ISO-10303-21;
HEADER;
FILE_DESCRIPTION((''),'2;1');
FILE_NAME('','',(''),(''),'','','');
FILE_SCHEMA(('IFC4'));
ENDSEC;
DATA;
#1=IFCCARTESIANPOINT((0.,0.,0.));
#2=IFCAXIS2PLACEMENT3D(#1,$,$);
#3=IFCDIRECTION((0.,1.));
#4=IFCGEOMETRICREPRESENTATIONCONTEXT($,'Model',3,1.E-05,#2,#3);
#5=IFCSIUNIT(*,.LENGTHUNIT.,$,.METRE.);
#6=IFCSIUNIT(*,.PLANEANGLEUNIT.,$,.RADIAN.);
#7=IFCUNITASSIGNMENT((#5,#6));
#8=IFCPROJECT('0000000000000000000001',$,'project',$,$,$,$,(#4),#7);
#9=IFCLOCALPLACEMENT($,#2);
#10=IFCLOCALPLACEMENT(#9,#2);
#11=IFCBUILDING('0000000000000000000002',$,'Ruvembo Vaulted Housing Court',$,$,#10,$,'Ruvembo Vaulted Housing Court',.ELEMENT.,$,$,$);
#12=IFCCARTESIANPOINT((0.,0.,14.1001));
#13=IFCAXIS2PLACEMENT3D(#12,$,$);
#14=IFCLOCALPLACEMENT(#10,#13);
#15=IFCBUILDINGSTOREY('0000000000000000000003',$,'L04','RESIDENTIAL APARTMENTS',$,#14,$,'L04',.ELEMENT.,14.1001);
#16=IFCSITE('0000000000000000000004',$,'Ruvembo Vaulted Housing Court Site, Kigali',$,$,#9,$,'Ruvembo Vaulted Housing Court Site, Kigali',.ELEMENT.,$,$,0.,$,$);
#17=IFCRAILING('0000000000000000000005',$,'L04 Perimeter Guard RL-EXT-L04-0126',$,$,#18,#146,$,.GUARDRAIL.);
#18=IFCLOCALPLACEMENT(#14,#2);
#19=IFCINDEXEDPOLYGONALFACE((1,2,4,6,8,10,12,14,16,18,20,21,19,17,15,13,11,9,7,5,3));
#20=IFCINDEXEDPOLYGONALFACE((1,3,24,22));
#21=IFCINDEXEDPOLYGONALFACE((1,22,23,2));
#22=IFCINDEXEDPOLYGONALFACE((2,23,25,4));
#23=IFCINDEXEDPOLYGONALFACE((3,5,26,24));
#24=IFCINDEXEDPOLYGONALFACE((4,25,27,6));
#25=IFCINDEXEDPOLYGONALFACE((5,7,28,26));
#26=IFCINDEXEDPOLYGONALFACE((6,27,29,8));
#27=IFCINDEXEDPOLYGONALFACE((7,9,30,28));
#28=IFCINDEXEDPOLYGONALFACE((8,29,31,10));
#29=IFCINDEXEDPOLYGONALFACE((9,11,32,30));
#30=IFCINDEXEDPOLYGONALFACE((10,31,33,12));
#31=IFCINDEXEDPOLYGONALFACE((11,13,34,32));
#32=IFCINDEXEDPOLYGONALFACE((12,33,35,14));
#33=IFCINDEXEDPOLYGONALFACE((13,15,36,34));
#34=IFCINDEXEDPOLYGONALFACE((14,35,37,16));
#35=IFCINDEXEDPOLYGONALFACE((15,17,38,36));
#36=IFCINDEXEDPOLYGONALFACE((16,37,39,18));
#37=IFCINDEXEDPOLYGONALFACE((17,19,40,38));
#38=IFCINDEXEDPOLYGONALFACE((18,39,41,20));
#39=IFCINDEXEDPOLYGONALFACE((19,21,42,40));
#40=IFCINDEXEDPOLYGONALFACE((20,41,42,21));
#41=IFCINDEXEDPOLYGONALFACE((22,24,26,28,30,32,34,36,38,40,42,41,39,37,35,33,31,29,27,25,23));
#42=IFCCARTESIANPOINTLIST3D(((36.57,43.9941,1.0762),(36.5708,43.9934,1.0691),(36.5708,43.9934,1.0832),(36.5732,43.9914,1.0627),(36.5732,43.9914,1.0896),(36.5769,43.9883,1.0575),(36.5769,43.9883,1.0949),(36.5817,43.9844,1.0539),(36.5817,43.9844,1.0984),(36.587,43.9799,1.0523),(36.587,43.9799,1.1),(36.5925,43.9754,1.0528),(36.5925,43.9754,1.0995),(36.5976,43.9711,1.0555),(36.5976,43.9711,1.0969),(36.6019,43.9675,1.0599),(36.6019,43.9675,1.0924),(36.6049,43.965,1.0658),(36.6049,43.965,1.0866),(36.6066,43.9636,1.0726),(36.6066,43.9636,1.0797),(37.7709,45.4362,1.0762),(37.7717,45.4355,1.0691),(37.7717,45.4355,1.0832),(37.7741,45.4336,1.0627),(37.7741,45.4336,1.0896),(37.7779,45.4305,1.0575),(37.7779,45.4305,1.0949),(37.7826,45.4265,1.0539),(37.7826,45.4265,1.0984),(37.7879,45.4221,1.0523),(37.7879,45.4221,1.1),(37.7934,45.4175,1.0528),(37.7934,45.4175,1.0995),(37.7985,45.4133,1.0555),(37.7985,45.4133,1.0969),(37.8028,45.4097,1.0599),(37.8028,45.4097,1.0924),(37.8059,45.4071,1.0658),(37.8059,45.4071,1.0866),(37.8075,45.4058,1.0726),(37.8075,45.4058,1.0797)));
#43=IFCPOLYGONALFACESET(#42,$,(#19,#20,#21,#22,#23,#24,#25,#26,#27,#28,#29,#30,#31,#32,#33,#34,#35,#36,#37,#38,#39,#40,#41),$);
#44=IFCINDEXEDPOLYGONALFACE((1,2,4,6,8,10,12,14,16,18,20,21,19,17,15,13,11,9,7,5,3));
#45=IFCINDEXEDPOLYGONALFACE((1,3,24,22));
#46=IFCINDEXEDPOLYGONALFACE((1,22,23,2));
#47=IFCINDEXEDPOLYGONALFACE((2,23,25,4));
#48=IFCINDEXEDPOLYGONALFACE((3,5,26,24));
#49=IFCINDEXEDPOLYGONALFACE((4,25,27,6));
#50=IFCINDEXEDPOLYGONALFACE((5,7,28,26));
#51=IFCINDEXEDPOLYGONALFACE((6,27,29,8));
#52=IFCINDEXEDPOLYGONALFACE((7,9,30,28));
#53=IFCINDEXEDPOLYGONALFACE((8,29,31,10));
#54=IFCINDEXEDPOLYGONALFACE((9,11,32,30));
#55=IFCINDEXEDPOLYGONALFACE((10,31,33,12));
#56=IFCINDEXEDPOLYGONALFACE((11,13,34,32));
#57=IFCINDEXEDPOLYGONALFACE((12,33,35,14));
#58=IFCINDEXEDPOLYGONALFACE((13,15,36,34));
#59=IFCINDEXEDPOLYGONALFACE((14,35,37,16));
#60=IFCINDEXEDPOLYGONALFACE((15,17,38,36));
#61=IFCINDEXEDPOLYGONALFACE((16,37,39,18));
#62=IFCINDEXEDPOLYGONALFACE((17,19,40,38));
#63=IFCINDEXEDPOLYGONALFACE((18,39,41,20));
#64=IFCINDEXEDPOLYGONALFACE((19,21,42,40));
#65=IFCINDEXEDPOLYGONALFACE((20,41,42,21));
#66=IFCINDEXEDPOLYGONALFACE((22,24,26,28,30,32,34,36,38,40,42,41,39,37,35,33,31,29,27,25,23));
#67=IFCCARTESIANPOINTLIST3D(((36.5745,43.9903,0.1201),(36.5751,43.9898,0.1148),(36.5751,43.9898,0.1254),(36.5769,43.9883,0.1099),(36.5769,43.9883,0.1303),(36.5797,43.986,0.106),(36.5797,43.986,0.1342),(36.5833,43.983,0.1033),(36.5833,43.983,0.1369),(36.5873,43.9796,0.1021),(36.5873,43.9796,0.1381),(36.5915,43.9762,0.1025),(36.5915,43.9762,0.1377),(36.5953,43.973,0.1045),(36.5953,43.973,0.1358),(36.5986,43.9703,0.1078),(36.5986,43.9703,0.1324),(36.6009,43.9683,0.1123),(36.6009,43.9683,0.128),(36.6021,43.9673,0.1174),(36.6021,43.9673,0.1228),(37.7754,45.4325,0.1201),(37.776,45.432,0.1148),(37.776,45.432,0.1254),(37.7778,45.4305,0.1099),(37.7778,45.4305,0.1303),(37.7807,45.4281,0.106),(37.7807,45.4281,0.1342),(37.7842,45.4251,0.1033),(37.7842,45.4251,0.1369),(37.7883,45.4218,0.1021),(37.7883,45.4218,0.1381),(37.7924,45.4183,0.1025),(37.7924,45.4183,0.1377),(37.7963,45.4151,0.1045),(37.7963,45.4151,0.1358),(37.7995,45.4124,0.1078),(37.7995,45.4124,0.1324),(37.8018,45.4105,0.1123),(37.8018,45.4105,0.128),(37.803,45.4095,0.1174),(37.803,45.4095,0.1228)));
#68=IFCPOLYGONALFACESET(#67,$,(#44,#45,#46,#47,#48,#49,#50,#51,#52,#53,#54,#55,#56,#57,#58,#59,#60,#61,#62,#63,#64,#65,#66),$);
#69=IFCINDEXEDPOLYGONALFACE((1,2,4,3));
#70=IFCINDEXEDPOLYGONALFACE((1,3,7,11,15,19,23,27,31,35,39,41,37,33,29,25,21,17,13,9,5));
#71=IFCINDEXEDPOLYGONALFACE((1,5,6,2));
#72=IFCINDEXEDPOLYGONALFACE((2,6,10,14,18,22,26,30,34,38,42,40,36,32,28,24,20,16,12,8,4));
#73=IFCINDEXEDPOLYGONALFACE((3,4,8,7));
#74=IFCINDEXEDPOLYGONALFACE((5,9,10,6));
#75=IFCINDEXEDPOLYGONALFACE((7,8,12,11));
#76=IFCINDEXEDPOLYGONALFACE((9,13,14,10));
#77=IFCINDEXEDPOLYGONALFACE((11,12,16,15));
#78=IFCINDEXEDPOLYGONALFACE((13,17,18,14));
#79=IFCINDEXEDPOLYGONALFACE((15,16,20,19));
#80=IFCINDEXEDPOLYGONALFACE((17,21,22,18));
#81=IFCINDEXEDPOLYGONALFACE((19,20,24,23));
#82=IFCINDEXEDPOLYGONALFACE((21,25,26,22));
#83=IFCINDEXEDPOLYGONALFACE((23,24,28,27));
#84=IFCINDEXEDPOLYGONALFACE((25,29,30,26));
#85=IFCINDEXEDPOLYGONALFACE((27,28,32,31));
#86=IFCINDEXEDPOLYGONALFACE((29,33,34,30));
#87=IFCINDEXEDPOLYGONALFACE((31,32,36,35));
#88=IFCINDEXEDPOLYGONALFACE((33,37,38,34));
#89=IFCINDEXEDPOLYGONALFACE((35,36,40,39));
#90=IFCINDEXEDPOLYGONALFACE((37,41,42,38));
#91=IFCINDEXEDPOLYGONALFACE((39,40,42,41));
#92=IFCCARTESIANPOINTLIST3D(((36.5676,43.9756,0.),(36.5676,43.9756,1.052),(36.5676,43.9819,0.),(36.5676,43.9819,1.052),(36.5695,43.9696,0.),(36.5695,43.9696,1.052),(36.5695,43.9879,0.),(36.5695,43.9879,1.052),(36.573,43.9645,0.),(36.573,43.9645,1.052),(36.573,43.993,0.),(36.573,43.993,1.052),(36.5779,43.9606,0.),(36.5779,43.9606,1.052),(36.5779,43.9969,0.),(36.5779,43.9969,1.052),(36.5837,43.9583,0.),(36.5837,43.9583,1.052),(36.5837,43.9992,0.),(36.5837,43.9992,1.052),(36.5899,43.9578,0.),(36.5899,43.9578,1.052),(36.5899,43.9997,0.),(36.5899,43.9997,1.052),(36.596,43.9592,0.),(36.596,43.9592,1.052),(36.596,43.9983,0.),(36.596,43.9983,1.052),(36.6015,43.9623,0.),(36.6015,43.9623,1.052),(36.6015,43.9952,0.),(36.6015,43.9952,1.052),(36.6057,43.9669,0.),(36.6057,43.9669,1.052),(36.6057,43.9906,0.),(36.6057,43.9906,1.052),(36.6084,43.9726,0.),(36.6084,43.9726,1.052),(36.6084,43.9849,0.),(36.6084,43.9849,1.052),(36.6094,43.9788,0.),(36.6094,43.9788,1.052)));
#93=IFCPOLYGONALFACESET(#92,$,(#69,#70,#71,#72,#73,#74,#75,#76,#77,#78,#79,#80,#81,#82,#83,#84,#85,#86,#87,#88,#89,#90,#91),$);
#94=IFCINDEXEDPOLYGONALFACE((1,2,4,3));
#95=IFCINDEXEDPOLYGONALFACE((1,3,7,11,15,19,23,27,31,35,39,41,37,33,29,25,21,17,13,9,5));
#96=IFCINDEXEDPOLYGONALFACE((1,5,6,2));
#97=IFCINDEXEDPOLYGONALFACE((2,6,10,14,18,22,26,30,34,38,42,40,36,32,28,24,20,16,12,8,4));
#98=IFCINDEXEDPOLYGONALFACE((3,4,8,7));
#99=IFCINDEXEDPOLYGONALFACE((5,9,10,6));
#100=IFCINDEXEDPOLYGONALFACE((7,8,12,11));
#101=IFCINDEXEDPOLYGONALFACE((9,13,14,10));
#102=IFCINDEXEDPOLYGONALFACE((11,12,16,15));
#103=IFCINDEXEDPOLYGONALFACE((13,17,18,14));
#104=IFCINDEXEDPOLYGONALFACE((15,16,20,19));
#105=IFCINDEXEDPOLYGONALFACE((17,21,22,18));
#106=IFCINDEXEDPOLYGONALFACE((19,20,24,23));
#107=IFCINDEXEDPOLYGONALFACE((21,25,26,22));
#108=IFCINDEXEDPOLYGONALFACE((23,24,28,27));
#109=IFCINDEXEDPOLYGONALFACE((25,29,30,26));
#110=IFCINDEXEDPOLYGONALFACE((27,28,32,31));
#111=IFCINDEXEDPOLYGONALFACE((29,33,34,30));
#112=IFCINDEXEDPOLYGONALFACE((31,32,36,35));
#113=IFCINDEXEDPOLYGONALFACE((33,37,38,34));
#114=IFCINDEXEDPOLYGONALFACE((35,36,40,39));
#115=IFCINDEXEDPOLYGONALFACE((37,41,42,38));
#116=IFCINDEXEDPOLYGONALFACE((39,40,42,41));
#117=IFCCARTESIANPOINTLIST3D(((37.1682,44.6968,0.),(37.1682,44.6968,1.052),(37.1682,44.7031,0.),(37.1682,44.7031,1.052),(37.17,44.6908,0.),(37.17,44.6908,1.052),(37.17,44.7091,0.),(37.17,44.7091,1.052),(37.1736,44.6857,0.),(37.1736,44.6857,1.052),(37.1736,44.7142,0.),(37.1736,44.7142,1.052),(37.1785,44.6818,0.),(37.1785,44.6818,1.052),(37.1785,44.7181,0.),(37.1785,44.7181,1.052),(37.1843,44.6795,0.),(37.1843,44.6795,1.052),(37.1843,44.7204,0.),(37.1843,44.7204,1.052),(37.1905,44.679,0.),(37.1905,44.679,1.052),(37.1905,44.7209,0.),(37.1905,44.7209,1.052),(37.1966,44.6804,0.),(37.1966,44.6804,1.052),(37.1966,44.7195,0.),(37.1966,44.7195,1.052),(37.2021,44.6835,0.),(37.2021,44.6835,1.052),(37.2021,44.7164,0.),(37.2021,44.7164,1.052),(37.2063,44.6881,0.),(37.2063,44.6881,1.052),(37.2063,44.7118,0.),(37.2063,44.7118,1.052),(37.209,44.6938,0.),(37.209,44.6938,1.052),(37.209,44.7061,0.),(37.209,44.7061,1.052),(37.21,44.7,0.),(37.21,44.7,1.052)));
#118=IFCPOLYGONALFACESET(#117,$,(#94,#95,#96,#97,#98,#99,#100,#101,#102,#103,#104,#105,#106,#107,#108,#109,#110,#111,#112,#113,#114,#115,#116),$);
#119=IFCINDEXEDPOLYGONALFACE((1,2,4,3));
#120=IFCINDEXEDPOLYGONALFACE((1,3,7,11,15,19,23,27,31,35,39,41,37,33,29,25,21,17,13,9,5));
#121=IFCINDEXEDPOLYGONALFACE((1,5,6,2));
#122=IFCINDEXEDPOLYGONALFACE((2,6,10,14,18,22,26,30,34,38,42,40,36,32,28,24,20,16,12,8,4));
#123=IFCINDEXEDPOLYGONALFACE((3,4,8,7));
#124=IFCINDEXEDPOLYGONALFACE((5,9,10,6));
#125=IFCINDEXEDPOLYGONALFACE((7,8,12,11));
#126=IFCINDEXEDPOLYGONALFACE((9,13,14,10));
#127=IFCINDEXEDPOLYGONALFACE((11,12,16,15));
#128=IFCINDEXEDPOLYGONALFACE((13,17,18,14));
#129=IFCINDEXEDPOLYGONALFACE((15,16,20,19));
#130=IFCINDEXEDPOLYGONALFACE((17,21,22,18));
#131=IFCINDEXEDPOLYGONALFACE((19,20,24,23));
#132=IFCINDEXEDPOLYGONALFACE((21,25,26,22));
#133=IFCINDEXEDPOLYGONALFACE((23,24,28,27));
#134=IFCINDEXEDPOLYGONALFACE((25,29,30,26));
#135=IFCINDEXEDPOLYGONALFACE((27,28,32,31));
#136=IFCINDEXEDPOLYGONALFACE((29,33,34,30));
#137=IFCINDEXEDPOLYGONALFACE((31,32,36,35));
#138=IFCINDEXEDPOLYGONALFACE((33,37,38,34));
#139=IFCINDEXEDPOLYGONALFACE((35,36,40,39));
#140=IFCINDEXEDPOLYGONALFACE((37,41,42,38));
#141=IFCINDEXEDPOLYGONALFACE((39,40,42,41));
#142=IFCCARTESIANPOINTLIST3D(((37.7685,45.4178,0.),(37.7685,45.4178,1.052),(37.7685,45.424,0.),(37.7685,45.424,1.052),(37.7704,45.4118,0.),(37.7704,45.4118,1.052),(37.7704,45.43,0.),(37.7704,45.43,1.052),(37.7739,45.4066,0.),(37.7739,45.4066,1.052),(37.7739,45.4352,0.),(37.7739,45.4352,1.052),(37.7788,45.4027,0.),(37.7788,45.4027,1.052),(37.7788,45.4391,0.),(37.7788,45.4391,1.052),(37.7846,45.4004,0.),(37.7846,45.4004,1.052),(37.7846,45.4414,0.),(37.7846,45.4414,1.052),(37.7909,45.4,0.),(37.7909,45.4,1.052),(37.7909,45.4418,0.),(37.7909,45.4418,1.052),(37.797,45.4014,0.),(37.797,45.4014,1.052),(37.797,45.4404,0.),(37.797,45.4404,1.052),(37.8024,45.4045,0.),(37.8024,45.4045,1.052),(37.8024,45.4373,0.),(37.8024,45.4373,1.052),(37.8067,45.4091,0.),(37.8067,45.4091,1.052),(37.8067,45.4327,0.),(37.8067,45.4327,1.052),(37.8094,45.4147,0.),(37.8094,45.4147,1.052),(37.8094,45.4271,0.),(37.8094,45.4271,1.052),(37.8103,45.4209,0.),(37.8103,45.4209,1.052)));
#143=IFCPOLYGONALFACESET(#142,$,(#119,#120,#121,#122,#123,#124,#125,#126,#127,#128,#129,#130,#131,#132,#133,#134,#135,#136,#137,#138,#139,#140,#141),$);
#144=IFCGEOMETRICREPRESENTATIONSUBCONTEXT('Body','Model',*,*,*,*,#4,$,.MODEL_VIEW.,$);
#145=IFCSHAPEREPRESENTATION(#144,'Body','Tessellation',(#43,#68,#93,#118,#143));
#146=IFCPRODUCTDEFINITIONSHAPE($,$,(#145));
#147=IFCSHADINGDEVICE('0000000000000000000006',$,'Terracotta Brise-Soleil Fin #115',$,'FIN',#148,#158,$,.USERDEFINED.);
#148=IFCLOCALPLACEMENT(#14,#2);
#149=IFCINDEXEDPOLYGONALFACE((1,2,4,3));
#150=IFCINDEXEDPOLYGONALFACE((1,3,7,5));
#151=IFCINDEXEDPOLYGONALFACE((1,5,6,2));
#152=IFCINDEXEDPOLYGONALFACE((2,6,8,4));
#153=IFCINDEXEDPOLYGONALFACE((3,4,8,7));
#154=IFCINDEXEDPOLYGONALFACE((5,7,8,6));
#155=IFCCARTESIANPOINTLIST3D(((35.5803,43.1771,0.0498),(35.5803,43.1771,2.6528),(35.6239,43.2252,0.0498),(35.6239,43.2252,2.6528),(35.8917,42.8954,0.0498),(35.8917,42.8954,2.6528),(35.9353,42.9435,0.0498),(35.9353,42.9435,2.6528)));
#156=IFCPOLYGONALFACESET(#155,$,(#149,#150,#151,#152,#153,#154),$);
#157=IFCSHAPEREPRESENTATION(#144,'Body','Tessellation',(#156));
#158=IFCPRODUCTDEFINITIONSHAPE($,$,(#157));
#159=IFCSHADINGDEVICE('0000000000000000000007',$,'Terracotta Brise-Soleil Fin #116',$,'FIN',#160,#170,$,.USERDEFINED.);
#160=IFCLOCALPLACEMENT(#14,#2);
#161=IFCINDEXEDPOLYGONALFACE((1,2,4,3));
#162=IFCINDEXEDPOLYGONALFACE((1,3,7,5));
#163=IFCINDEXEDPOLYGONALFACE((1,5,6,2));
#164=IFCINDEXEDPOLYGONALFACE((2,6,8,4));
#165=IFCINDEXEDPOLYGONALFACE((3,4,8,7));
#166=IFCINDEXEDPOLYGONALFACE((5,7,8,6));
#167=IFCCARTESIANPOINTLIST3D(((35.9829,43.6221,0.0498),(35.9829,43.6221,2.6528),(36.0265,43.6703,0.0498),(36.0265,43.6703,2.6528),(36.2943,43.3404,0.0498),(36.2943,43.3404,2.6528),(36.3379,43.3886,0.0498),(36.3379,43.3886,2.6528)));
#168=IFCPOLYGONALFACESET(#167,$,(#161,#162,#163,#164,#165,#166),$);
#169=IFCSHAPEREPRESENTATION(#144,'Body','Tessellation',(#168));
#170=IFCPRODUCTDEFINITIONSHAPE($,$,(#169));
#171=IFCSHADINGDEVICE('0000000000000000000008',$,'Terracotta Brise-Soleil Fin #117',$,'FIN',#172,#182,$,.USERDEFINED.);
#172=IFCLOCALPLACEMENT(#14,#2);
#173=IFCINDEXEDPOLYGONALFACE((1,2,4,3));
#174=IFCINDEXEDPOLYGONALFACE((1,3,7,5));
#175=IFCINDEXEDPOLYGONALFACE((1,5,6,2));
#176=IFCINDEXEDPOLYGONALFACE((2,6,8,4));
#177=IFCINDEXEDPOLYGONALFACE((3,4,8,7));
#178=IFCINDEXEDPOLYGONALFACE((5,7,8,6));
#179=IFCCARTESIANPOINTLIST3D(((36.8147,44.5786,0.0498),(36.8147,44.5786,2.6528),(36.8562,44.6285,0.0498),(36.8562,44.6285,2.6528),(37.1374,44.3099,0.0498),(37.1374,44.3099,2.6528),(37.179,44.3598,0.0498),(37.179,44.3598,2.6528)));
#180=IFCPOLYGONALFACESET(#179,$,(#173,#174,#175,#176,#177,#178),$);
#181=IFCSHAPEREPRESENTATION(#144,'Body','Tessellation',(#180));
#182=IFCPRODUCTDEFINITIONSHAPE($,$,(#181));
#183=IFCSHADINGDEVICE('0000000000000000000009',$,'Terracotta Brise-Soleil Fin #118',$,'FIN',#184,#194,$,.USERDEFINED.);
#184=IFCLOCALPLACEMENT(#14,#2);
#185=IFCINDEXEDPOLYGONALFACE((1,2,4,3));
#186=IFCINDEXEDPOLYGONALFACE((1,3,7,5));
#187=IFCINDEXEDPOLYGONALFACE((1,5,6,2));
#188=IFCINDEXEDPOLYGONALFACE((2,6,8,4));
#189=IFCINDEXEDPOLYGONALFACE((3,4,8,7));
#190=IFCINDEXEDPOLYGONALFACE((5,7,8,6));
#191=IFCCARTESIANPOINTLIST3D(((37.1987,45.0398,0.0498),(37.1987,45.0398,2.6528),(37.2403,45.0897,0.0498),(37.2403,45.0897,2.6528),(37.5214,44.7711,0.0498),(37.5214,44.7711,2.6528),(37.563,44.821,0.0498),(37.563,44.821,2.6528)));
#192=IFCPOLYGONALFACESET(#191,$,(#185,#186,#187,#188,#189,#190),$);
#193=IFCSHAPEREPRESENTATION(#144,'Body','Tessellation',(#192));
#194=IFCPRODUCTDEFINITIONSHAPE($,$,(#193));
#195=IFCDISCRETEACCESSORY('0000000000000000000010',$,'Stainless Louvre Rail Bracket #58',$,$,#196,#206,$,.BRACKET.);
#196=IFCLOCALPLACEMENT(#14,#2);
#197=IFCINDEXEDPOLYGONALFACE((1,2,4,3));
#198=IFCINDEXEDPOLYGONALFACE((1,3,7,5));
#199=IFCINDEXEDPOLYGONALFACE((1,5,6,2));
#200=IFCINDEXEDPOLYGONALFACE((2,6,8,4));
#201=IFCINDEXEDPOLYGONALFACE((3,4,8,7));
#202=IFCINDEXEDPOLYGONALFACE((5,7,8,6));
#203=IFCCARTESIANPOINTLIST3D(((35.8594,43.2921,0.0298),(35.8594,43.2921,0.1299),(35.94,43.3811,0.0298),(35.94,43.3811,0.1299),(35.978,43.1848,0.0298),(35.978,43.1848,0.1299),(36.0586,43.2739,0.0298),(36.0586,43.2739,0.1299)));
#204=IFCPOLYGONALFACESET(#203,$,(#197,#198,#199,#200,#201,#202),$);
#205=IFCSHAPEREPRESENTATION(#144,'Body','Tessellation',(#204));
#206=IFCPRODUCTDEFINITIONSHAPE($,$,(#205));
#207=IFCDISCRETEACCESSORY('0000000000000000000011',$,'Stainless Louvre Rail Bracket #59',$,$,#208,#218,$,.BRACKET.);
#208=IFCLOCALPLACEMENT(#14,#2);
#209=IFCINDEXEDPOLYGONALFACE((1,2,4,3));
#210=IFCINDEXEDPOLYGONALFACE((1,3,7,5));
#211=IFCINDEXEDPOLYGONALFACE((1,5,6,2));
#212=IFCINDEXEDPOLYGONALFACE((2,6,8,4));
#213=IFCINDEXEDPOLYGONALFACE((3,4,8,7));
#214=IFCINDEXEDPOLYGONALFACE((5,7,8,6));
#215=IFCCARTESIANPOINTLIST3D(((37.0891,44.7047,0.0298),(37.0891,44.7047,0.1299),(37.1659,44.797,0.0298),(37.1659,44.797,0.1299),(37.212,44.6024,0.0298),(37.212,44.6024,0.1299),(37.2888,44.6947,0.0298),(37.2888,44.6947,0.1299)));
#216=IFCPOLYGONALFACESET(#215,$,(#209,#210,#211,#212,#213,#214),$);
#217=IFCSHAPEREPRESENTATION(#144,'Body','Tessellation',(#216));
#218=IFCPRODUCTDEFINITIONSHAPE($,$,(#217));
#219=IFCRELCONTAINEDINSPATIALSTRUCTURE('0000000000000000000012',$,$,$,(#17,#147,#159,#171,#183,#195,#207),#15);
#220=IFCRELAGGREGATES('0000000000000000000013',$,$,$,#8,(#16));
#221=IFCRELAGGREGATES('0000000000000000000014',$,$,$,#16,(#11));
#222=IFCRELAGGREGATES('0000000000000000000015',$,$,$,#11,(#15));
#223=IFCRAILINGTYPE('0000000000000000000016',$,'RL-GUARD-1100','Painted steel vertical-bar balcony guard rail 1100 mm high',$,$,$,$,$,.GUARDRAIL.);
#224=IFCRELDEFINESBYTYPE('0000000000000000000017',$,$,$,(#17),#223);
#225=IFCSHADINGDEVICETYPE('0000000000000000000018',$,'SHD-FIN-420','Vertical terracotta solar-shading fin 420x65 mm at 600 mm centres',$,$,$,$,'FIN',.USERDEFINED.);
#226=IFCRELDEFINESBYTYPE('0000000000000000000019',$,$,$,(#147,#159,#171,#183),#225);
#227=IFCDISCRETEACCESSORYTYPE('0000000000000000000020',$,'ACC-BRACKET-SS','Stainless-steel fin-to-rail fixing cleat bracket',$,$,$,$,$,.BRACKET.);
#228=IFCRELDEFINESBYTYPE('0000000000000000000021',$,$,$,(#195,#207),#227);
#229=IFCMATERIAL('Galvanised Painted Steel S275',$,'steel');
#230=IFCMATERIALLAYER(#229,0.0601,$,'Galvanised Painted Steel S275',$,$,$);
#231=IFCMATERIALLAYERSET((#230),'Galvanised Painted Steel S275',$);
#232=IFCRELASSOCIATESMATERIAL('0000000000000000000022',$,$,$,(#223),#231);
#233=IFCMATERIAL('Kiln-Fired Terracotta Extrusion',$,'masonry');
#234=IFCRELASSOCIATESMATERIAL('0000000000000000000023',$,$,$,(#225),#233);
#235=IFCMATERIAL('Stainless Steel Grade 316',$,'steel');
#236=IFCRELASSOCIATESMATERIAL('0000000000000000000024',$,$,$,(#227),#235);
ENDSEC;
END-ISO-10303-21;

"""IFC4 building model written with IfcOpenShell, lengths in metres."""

from ifc_helpers import new_model, si_unit, direction, frame, origin, origin_2d, place, context, subcontext, project, spatial, rectangle, circle, extrude, material, layer, layer_set, type_object, element, save


model = new_model("IFC4")

# Units and contexts
model_context = context("Model", 3, precision=1e-05, world=origin(), true_north=direction((0.0, 1.0)))
body_context = subcontext(model_context, "Body", "Model", "MODEL_VIEW")
ifc_project = project(units=[si_unit("LENGTHUNIT", "METRE"), si_unit("PLANEANGLEUNIT", "RADIAN")], contexts=[model_context])

# Site, building, storey
site_placement = place(None, origin())
site = spatial("IfcSite", under=ifc_project, at=site_placement, Name="Ruvembo Vaulted Housing Court Site, Kigali", LongName="Ruvembo Vaulted Housing Court Site, Kigali", CompositionType="ELEMENT", RefElevation=0.0)
building_placement = place(site_placement, origin())
building = spatial("IfcBuilding", under=site, at=building_placement, Name="Ruvembo Vaulted Housing Court", LongName="Ruvembo Vaulted Housing Court", CompositionType="ELEMENT")
storey_placement = place(building_placement, frame((0.0, 0.0, 14.1001)))
storey = spatial("IfcBuildingStorey", under=building, at=storey_placement, Name="L04", Description="RESIDENTIAL APARTMENTS", LongName="L04", CompositionType="ELEMENT", Elevation=14.1001)

# Railing
ifc_material_1 = material(Name="Galvanised Painted Steel S275", Category="steel")
ifc_layer_1 = layer(ifc_material_1, 0.0601, Name="Galvanised Painted Steel S275")
ifc_layer_set_1 = layer_set([ifc_layer_1], Name="Galvanised Painted Steel S275")
railing_type = type_object("IfcRailingType", Name="RL-GUARD-1100", Description="Painted steel vertical-bar balcony guard rail 1100 mm high", PredefinedType="GUARDRAIL", material=ifc_layer_set_1)
railing_1_placement = place(storey_placement, frame((36.5884, 43.9788, 0.0)))
element("IfcRailing", 1, at=railing_1_placement, inside=storey, type_object=railing_type, Name="L04 Perimeter Guard RL-EXT-L04-0126", PredefinedType="GUARDRAIL", context=body_context, shape_type="SweptSolid", body=[
    extrude(circle(Radius=0.0239, at=origin_2d()), frame((0.0, 0.0, 1.0762), z_axis=(0.639916, 0.768445, 0.0), x_axis=(-0.768445, 0.639916, 0.0)), (0.0, 0.0, 1.0), 1.8767),
    extrude(circle(Radius=0.0181, at=origin_2d()), frame((0.0, 0.0, 0.1201), z_axis=(0.639916, 0.768445, 0.0), x_axis=(-0.768445, 0.639916, 0.0)), (0.0, 0.0, 1.0), 1.8767),
    extrude(circle(Radius=0.021, at=origin_2d()), origin(), (0.0, 0.0, 1.0), 1.052),
    extrude(circle(Radius=0.021, at=origin_2d()), frame((0.6006, 0.7212, 0.0)), (0.0, 0.0, 1.0), 1.052),
    extrude(circle(Radius=0.021, at=origin_2d()), frame((1.2009, 1.4421, 0.0)), (0.0, 0.0, 1.0), 1.052),
])

# Shading devices
ifc_material_2 = material(Name="Kiln-Fired Terracotta Extrusion", Category="masonry")
shading_device_type = type_object("IfcShadingDeviceType", Name="SHD-FIN-420", Description="Vertical terracotta solar-shading fin 420x65 mm at 600 mm centres", ElementType="FIN", PredefinedType="USERDEFINED", material=ifc_material_2)
for number, where, z_axis, x_axis, name in (
    (2, (35.7578, 43.0603, 0.0498), (0.0, 0.0, 1.0), (0.741601, -0.670841, 0.0), "Terracotta Brise-Soleil Fin #115"),
    (3, (36.1604, 43.5054, 0.0498), (0.0, 0.0, 1.0), (0.741601, -0.670841, 0.0), "Terracotta Brise-Soleil Fin #116"),
    (4, (36.9968, 44.4692, 0.0498), (0.0, 0.0, 1.0), (0.768496, -0.639855, 0.0), "Terracotta Brise-Soleil Fin #117"),
    (5, (37.3809, 44.9304, 0.0498), (0.0, 0.0, 1.0), (0.768496, -0.639855, 0.0), "Terracotta Brise-Soleil Fin #118"),
):
    element("IfcShadingDevice", number, at=place(storey_placement, frame(where, z_axis=z_axis, x_axis=x_axis)), inside=storey, type_object=shading_device_type, Name=name, ObjectType="FIN", PredefinedType="USERDEFINED", context=body_context, shape_type="SweptSolid", body=[
        extrude(rectangle(XDim=0.4199, YDim=0.0649, at=origin_2d()), origin(), (0.0, 0.0, 1.0), 2.603),
    ])

# Discrete accessories
ifc_material_3 = material(Name="Stainless Steel Grade 316", Category="steel")
discrete_accessory_type = type_object("IfcDiscreteAccessoryType", Name="ACC-BRACKET-SS", Description="Stainless-steel fin-to-rail fixing cleat bracket", PredefinedType="BRACKET", material=ifc_material_3)
for number, where, z_axis, x_axis, name in (
    (6, (35.959, 43.283, 0.0298), (0.0, 0.0, 1.0), (0.741601, -0.670841, 0.0), "Stainless Louvre Rail Bracket #58"),
    (7, (37.189, 44.6997, 0.0298), (0.0, 0.0, 1.0), (0.768496, -0.639855, 0.0), "Stainless Louvre Rail Bracket #59"),
):
    element("IfcDiscreteAccessory", number, at=place(storey_placement, frame(where, z_axis=z_axis, x_axis=x_axis)), inside=storey, type_object=discrete_accessory_type, Name=name, PredefinedType="BRACKET", context=body_context, shape_type="SweptSolid", body=[
        extrude(rectangle(XDim=0.1599, YDim=0.1201, at=origin_2d()), origin(), (0.0, 0.0, 1.0), 0.1001),
    ])

save(model, "model.ifc")
